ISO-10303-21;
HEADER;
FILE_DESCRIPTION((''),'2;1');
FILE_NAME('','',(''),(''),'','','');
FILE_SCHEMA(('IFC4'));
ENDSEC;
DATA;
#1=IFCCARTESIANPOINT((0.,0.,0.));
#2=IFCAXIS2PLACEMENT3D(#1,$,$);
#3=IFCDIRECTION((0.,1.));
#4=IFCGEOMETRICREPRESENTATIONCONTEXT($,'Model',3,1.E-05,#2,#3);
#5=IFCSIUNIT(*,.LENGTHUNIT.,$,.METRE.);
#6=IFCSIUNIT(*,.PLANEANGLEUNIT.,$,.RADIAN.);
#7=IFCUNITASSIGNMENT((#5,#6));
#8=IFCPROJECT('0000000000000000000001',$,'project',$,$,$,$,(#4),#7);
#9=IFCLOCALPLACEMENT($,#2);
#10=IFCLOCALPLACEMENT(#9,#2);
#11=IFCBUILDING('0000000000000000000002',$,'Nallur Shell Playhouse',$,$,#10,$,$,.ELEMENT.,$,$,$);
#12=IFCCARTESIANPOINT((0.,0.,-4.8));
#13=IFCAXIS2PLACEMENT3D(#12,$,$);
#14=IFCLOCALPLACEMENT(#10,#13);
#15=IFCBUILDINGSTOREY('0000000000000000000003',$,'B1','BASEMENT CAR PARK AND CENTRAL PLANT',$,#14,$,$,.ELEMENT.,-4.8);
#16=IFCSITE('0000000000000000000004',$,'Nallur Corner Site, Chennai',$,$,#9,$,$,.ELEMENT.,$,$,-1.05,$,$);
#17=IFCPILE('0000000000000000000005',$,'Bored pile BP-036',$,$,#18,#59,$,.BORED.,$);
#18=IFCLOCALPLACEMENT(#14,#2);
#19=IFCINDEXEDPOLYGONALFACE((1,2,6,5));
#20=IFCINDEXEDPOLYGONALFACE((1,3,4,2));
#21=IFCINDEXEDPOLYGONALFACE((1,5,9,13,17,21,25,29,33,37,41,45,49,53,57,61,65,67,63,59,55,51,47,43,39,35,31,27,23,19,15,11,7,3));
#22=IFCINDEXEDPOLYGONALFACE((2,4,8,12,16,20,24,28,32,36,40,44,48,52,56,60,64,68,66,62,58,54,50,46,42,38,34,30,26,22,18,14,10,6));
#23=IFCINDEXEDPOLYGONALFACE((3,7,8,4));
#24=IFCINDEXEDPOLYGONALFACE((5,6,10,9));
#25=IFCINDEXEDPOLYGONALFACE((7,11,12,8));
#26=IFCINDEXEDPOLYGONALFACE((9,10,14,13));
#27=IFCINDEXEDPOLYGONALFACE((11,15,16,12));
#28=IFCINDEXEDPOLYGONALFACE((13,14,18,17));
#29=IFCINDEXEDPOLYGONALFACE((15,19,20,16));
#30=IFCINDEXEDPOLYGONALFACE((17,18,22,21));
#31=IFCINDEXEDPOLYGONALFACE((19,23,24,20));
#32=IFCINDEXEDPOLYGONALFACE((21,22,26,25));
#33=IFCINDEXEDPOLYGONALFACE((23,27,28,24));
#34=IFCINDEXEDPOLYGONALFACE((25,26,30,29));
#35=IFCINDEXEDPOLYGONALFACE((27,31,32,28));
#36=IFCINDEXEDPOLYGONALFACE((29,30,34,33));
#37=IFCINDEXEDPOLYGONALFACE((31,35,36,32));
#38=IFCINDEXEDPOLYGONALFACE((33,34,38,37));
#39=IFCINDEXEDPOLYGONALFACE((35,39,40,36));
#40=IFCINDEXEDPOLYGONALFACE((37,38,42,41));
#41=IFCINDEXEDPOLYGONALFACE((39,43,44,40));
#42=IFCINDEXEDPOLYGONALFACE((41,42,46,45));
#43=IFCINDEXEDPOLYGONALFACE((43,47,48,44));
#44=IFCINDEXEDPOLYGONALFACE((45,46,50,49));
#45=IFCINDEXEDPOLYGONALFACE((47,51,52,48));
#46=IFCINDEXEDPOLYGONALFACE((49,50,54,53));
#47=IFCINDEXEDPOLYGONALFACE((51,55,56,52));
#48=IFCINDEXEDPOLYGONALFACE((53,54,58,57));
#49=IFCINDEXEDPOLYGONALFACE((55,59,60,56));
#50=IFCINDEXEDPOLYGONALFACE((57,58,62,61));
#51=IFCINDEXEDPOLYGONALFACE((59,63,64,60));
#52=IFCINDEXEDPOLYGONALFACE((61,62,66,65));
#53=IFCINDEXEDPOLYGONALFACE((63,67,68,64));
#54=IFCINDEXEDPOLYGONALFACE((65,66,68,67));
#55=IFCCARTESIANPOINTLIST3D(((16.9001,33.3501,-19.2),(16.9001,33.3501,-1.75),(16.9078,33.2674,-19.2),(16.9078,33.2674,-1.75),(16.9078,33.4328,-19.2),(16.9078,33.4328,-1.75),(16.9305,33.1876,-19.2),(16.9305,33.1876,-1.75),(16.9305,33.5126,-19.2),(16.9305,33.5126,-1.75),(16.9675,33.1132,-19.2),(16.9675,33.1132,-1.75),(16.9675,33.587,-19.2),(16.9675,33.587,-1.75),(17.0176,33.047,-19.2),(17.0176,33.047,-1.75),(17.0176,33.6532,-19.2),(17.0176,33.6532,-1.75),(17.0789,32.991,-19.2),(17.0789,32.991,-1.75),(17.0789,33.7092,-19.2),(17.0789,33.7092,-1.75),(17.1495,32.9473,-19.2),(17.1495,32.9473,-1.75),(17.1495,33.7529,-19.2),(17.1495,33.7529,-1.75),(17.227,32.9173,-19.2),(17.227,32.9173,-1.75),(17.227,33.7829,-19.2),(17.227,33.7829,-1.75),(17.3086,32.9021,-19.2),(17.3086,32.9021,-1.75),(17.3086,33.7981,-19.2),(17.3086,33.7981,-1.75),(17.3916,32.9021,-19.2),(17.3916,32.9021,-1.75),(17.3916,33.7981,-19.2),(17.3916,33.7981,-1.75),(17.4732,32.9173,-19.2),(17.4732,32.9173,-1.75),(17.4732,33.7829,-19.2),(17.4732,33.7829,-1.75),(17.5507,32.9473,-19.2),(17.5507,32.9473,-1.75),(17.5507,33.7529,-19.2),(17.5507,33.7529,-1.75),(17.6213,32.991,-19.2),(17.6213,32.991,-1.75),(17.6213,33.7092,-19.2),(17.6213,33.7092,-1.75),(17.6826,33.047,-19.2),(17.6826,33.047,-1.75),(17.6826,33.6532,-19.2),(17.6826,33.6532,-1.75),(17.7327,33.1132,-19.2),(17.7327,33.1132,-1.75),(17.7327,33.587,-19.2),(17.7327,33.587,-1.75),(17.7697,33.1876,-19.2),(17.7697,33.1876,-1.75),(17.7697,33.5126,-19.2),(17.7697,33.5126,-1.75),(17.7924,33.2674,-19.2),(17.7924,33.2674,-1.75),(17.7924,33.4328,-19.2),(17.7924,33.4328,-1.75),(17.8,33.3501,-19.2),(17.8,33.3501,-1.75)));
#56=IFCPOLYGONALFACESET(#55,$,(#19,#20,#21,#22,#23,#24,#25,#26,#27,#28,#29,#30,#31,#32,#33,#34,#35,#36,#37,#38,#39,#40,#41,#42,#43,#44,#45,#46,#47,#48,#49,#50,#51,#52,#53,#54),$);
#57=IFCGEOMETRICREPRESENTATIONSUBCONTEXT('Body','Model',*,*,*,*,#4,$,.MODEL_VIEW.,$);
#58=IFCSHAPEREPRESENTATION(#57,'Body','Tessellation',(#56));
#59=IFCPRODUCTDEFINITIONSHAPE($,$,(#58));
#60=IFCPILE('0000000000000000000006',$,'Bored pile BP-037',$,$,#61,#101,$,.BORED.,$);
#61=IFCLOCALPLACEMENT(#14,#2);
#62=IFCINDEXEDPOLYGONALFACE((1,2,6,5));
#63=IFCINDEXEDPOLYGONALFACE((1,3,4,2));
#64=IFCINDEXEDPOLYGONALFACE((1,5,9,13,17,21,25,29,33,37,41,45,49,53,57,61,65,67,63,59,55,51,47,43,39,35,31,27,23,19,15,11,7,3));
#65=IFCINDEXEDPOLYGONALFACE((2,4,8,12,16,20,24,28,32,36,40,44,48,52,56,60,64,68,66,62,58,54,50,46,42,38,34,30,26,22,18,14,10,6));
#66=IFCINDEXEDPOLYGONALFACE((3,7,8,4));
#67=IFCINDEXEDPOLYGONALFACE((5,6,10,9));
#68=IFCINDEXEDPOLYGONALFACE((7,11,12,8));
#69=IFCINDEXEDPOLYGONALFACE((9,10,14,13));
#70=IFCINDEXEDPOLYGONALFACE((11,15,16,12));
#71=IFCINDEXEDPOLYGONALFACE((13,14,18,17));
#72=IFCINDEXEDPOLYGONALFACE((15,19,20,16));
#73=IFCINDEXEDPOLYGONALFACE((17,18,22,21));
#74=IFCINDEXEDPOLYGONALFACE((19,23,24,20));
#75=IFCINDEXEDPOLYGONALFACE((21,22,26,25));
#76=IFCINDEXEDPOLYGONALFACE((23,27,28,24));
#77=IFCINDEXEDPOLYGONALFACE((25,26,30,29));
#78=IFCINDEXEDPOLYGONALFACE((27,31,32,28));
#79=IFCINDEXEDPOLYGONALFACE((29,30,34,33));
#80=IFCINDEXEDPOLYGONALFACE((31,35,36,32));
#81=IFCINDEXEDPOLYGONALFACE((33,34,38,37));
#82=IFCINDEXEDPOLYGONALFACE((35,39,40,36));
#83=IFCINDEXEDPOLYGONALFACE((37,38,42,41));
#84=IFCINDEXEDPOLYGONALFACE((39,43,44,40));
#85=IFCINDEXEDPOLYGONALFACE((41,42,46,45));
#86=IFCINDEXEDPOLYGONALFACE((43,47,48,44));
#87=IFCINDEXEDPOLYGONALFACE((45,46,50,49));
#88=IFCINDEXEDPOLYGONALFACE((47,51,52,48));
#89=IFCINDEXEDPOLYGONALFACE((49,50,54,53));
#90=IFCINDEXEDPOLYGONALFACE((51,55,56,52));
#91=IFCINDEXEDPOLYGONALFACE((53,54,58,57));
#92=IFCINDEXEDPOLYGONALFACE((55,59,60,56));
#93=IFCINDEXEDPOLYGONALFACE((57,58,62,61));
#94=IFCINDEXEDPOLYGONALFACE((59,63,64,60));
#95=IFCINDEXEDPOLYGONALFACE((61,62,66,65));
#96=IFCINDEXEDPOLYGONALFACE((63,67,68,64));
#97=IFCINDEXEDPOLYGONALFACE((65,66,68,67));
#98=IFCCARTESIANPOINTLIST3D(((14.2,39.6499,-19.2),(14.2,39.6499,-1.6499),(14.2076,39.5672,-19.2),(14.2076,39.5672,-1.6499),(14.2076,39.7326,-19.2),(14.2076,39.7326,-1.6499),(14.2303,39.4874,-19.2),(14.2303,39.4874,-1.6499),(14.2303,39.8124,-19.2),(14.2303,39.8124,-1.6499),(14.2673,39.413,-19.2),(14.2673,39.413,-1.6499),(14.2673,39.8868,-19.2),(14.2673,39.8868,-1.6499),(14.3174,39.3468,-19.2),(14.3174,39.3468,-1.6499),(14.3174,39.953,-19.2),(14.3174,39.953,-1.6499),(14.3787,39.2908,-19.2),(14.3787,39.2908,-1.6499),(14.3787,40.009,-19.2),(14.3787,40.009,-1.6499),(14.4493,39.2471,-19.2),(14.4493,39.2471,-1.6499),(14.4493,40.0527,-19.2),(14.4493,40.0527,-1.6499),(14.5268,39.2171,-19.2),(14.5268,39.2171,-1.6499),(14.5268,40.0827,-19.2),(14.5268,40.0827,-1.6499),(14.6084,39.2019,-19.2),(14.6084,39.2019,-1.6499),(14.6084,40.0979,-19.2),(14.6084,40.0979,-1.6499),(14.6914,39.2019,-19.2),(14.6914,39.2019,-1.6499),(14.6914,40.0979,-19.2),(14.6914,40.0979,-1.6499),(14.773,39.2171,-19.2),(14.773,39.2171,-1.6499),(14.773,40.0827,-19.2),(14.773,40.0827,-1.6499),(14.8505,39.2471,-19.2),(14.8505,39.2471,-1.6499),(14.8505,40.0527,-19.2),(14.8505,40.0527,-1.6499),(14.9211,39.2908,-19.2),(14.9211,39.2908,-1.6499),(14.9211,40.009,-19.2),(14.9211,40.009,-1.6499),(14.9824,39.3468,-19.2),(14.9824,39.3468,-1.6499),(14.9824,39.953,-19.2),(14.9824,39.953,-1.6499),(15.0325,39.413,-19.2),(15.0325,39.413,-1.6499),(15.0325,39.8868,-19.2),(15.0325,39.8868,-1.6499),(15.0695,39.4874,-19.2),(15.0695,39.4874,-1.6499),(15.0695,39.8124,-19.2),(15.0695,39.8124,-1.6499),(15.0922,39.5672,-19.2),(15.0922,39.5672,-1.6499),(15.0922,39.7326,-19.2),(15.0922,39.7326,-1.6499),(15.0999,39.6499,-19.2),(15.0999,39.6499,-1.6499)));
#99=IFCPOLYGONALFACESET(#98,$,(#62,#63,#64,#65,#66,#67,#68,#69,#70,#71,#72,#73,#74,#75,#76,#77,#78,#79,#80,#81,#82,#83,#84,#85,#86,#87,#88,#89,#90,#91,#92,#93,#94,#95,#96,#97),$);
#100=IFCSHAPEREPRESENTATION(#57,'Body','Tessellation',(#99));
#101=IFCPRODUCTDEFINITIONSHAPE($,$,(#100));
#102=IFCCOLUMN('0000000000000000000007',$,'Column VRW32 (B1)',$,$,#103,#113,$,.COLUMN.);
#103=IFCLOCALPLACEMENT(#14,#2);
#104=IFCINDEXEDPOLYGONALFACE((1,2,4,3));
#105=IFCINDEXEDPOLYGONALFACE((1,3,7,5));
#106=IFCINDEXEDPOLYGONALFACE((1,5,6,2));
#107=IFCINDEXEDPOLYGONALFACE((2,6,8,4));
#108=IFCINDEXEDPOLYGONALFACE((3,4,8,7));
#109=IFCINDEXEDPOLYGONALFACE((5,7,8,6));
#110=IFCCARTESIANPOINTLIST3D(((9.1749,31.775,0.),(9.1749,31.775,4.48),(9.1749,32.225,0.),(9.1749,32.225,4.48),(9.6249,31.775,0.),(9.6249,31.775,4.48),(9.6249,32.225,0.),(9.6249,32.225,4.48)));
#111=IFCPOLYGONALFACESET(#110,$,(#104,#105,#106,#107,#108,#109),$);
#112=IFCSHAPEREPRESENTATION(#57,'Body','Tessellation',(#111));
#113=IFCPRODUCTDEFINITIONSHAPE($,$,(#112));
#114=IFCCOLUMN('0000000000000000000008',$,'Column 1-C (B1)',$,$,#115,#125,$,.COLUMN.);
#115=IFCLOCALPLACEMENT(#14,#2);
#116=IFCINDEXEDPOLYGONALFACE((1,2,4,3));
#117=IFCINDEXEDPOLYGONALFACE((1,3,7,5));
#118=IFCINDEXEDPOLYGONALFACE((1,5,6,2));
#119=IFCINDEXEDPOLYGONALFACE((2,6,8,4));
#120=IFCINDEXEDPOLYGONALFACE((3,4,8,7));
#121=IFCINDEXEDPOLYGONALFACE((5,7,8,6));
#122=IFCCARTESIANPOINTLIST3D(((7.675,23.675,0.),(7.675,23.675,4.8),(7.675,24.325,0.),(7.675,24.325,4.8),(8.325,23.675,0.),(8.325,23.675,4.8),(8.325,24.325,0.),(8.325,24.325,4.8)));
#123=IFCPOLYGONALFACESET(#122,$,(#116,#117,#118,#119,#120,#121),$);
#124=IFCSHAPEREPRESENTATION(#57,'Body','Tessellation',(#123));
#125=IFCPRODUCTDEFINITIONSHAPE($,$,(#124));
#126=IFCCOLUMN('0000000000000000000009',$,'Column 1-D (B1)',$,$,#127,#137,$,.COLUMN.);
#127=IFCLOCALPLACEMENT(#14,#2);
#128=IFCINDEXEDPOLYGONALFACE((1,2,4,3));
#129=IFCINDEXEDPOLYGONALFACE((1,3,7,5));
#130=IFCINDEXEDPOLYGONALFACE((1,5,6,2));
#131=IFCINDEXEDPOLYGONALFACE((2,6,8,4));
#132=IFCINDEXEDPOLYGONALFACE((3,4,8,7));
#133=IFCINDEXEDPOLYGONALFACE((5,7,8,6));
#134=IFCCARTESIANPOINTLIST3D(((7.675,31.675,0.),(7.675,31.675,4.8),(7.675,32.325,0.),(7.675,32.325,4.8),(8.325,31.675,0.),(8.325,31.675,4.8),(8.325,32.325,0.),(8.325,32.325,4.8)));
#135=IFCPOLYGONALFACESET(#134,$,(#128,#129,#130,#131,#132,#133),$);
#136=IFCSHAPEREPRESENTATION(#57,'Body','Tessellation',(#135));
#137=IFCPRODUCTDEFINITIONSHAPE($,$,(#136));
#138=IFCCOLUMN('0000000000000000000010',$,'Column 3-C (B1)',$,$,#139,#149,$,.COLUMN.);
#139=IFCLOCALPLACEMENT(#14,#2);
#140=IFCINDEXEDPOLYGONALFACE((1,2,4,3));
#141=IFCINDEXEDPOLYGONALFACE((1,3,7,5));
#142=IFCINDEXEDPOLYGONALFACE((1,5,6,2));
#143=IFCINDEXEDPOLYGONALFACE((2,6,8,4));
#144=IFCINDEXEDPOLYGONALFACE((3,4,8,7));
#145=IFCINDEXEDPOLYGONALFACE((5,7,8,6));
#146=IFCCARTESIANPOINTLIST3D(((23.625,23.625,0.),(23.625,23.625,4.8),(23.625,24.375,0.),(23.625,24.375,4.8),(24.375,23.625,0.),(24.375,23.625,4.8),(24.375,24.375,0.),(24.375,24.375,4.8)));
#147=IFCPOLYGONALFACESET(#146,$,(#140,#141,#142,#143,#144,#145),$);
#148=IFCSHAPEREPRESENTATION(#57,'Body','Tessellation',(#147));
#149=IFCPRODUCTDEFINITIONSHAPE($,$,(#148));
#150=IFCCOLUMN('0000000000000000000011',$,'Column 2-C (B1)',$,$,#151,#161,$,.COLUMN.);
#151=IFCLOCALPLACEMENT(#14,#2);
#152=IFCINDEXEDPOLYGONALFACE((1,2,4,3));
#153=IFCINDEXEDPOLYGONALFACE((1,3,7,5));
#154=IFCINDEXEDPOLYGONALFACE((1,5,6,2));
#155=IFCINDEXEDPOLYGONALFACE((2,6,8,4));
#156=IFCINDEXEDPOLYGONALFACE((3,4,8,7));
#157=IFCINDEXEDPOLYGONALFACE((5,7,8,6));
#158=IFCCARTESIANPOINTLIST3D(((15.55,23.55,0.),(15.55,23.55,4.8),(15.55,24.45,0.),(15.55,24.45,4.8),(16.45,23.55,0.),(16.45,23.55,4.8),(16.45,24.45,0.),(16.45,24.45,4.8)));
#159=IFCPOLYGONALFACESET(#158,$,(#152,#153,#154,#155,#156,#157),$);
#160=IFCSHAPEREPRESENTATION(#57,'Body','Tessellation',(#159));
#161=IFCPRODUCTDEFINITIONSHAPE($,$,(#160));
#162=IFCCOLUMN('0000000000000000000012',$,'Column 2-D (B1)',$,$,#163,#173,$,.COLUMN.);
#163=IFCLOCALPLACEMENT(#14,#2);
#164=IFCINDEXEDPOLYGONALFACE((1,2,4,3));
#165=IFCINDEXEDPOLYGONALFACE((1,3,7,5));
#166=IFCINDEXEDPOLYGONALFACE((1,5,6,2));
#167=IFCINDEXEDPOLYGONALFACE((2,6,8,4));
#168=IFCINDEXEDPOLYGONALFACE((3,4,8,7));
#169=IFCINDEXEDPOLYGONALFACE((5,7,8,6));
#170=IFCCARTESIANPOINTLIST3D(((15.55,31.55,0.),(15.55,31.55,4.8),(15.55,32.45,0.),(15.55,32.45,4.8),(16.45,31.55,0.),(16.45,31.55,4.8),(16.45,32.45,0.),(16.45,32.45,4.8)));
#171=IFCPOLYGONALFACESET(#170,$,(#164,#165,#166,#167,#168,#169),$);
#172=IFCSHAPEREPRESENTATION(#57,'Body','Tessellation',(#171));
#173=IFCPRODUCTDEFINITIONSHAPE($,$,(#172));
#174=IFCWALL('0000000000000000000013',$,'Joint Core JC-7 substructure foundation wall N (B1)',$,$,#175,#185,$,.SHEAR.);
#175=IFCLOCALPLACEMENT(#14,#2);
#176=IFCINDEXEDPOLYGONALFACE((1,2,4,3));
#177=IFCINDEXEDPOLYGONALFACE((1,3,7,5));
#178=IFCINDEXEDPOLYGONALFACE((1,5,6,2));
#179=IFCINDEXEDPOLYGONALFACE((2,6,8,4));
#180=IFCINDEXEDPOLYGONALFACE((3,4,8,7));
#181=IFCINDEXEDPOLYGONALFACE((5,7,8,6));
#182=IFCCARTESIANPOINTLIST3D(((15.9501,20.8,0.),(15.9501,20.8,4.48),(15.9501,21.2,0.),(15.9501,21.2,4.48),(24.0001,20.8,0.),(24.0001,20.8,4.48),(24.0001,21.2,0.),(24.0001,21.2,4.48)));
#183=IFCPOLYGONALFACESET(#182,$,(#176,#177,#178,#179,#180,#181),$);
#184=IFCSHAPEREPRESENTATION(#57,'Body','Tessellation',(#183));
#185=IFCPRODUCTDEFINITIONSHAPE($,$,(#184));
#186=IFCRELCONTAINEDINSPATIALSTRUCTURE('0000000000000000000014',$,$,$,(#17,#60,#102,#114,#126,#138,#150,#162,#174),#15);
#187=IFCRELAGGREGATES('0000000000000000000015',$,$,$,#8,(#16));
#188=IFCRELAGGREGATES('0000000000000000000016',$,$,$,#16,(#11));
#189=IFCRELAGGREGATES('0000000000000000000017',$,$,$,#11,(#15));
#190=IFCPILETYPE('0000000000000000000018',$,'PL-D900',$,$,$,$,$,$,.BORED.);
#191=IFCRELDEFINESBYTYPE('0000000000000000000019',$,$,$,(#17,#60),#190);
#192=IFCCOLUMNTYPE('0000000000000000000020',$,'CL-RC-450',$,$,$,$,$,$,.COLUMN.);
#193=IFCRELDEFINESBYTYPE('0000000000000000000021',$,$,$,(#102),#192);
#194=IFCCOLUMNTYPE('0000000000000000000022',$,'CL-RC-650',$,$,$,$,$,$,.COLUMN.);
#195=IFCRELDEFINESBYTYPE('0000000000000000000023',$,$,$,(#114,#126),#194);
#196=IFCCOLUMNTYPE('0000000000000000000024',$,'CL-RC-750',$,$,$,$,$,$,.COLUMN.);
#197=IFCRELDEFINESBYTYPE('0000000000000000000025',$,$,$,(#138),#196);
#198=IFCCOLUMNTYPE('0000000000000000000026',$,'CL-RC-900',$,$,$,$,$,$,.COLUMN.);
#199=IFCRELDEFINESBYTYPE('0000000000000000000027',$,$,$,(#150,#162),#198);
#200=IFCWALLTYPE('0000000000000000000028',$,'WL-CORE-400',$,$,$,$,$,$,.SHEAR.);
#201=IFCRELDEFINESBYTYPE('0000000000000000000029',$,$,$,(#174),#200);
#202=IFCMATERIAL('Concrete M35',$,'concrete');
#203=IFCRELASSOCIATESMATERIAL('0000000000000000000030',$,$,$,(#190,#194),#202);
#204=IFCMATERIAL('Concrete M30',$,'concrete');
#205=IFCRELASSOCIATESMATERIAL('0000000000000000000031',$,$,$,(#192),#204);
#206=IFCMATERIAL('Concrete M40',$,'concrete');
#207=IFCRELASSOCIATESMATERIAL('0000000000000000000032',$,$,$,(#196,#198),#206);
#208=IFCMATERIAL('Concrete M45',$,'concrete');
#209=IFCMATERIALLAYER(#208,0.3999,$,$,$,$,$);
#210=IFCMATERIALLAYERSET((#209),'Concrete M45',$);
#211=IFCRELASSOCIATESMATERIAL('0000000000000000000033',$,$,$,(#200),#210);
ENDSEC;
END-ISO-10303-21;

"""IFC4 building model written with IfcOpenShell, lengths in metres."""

from ifc_helpers import new_model, si_unit, direction, frame, frame_2d, origin, origin_2d, place, context, subcontext, project, spatial, rectangle, circle, extrude, material, layer, layer_set, material_profile, profile_set, type_object, element, save


model = new_model("IFC4")

# Units and contexts
model_context = context("Model", 3, precision=1e-05, world=origin(), true_north=direction((0.0, 1.0)))
body_context = subcontext(model_context, "Body", "Model", "MODEL_VIEW")
ifc_project = project(units=[si_unit("LENGTHUNIT", "METRE"), si_unit("PLANEANGLEUNIT", "RADIAN")], contexts=[model_context])

# Site, building, storey
site_placement = place(None, origin())
site = spatial("IfcSite", under=ifc_project, at=site_placement, Name="Nallur Corner Site, Chennai", CompositionType="ELEMENT", RefElevation=-1.05)
building_placement = place(site_placement, origin())
building = spatial("IfcBuilding", under=site, at=building_placement, Name="Nallur Shell Playhouse", CompositionType="ELEMENT")
storey_placement = place(building_placement, frame((0.0, 0.0, -4.8)))
storey = spatial("IfcBuildingStorey", under=building, at=storey_placement, Name="B1", Description="BASEMENT CAR PARK AND CENTRAL PLANT", CompositionType="ELEMENT", Elevation=-4.8)

# Shared definitions
ifc_material_1 = material(Name="Concrete M35", Category="concrete")

# Piles
ifc_material_profile_1 = material_profile(ifc_material_1, circle(Radius=0.45, at=origin_2d()), Name="BORED PILE D900")
ifc_profile_set_1 = profile_set([ifc_material_profile_1], Name="Concrete M35")
pile_type_1 = type_object("IfcPileType", Name="PL-D900", PredefinedType="BORED", material=ifc_profile_set_1)
for number, where, z_axis, x_axis, name in (
    (1, (17.3501, 33.3501, -1.75), (0.0, 0.0, -1.0), (1.0, 0.0, 0.0), "Bored pile BP-036"),
):
    element("IfcPile", number, at=place(storey_placement, frame(where, z_axis=z_axis, x_axis=x_axis)), inside=storey, type_object=pile_type_1, Name=name, PredefinedType="BORED", context=body_context, shape_type="SweptSolid", body=[
        extrude(circle(Radius=0.45, at=origin_2d()), origin(), (0.0, 0.0, 1.0), 17.45),
    ])
pile_placement = place(storey_placement, frame((14.6499, 39.6499, -1.6499), z_axis=(0.0, 0.0, -1.0), x_axis=(1.0, 0.0, 0.0)))
element("IfcPile", 2, at=pile_placement, inside=storey, type_object=pile_type_1, Name="Bored pile BP-037", PredefinedType="BORED", context=body_context, shape_type="SweptSolid", body=[
    extrude(circle(Radius=0.45, at=origin_2d()), origin(), (0.0, 0.0, 1.0), 17.55),
])

# Columns
ifc_material_2 = material(Name="Concrete M30", Category="concrete")
ifc_material_profile_2 = material_profile(ifc_material_2, rectangle(XDim=0.45, YDim=0.45, at=origin_2d()), Name="RC 450x450")
ifc_profile_set_2 = profile_set([ifc_material_profile_2], Name="Concrete M30")
column_type_1 = type_object("IfcColumnType", Name="CL-RC-450", PredefinedType="COLUMN", material=ifc_profile_set_2)
column_1_placement = place(storey_placement, frame((9.3999, 32.0, 0.0), z_axis=(0.0, 0.0, 1.0), x_axis=(1.0, 0.0, 0.0)))
element("IfcColumn", 3, at=column_1_placement, inside=storey, type_object=column_type_1, Name="Column VRW32 (B1)", PredefinedType="COLUMN", context=body_context, shape_type="SweptSolid", body=[
    extrude(rectangle(XDim=0.45, YDim=0.45, at=origin_2d()), origin(), (0.0, 0.0, 1.0), 4.48),
])
ifc_material_profile_3 = material_profile(ifc_material_1, rectangle(XDim=0.6499, YDim=0.6499, at=origin_2d()), Name="RC 650x650")
ifc_profile_set_3 = profile_set([ifc_material_profile_3], Name="Concrete M35")
column_type_2 = type_object("IfcColumnType", Name="CL-RC-650", PredefinedType="COLUMN", material=ifc_profile_set_3)
for number, where, z_axis, x_axis, name in (
    (4, (8.0, 24.0, 0.0), (0.0, 0.0, 1.0), (1.0, 0.0, 0.0), "Column 1-C (B1)"),
    (5, (8.0, 32.0, 0.0), (0.0, 0.0, 1.0), (1.0, 0.0, 0.0), "Column 1-D (B1)"),
):
    element("IfcColumn", number, at=place(storey_placement, frame(where, z_axis=z_axis, x_axis=x_axis)), inside=storey, type_object=column_type_2, Name=name, PredefinedType="COLUMN", context=body_context, shape_type="SweptSolid", body=[
        extrude(rectangle(XDim=0.6499, YDim=0.6499, at=origin_2d()), origin(), (0.0, 0.0, 1.0), 4.8),
    ])
ifc_material_3 = material(Name="Concrete M40", Category="concrete")
ifc_material_profile_4 = material_profile(ifc_material_3, rectangle(XDim=0.75, YDim=0.75, at=origin_2d()), Name="RC 750x750")
ifc_profile_set_4 = profile_set([ifc_material_profile_4], Name="Concrete M40")
column_type_3 = type_object("IfcColumnType", Name="CL-RC-750", PredefinedType="COLUMN", material=ifc_profile_set_4)
column_2_placement = place(storey_placement, frame((24.0, 24.0, 0.0), z_axis=(0.0, 0.0, 1.0), x_axis=(1.0, 0.0, 0.0)))
element("IfcColumn", 6, at=column_2_placement, inside=storey, type_object=column_type_3, Name="Column 3-C (B1)", PredefinedType="COLUMN", context=body_context, shape_type="SweptSolid", body=[
    extrude(rectangle(XDim=0.75, YDim=0.75, at=origin_2d()), origin(), (0.0, 0.0, 1.0), 4.8),
])
ifc_material_profile_5 = material_profile(ifc_material_3, rectangle(XDim=0.8999, YDim=0.8999, at=origin_2d()), Name="RC 900x900")
ifc_profile_set_5 = profile_set([ifc_material_profile_5], Name="Concrete M40")
column_type_4 = type_object("IfcColumnType", Name="CL-RC-900", PredefinedType="COLUMN", material=ifc_profile_set_5)
for number, where, z_axis, x_axis, name in (
    (7, (16.0, 24.0, 0.0), (0.0, 0.0, 1.0), (1.0, 0.0, 0.0), "Column 2-C (B1)"),
    (8, (16.0, 32.0, 0.0), (0.0, 0.0, 1.0), (1.0, 0.0, 0.0), "Column 2-D (B1)"),
):
    element("IfcColumn", number, at=place(storey_placement, frame(where, z_axis=z_axis, x_axis=x_axis)), inside=storey, type_object=column_type_4, Name=name, PredefinedType="COLUMN", context=body_context, shape_type="SweptSolid", body=[
        extrude(rectangle(XDim=0.8999, YDim=0.8999, at=origin_2d()), origin(), (0.0, 0.0, 1.0), 4.8),
    ])

# Wall
ifc_material_4 = material(Name="Concrete M45", Category="concrete")
ifc_layer_1 = layer(ifc_material_4, 0.3999)
ifc_layer_set_1 = layer_set([ifc_layer_1], Name="Concrete M45")
wall_type_1 = type_object("IfcWallType", Name="WL-CORE-400", PredefinedType="SHEAR", material=ifc_layer_set_1)
wall_1_placement = place(storey_placement, frame((24.0, 21.0, 0.0), z_axis=(0.0, 0.0, 1.0), x_axis=(-1.0, 0.0, 0.0)))
element("IfcWall", 9, at=wall_1_placement, inside=storey, type_object=wall_type_1, Name="Joint Core JC-7 substructure foundation wall N (B1)", PredefinedType="SHEAR", context=body_context, shape_type="SweptSolid", body=[
    extrude(rectangle(XDim=8.05, YDim=0.3999, at=frame_2d((4.0249, 0.0))), origin(), (0.0, 0.0, 1.0), 4.48),
])

save(model, "model.ifc")
